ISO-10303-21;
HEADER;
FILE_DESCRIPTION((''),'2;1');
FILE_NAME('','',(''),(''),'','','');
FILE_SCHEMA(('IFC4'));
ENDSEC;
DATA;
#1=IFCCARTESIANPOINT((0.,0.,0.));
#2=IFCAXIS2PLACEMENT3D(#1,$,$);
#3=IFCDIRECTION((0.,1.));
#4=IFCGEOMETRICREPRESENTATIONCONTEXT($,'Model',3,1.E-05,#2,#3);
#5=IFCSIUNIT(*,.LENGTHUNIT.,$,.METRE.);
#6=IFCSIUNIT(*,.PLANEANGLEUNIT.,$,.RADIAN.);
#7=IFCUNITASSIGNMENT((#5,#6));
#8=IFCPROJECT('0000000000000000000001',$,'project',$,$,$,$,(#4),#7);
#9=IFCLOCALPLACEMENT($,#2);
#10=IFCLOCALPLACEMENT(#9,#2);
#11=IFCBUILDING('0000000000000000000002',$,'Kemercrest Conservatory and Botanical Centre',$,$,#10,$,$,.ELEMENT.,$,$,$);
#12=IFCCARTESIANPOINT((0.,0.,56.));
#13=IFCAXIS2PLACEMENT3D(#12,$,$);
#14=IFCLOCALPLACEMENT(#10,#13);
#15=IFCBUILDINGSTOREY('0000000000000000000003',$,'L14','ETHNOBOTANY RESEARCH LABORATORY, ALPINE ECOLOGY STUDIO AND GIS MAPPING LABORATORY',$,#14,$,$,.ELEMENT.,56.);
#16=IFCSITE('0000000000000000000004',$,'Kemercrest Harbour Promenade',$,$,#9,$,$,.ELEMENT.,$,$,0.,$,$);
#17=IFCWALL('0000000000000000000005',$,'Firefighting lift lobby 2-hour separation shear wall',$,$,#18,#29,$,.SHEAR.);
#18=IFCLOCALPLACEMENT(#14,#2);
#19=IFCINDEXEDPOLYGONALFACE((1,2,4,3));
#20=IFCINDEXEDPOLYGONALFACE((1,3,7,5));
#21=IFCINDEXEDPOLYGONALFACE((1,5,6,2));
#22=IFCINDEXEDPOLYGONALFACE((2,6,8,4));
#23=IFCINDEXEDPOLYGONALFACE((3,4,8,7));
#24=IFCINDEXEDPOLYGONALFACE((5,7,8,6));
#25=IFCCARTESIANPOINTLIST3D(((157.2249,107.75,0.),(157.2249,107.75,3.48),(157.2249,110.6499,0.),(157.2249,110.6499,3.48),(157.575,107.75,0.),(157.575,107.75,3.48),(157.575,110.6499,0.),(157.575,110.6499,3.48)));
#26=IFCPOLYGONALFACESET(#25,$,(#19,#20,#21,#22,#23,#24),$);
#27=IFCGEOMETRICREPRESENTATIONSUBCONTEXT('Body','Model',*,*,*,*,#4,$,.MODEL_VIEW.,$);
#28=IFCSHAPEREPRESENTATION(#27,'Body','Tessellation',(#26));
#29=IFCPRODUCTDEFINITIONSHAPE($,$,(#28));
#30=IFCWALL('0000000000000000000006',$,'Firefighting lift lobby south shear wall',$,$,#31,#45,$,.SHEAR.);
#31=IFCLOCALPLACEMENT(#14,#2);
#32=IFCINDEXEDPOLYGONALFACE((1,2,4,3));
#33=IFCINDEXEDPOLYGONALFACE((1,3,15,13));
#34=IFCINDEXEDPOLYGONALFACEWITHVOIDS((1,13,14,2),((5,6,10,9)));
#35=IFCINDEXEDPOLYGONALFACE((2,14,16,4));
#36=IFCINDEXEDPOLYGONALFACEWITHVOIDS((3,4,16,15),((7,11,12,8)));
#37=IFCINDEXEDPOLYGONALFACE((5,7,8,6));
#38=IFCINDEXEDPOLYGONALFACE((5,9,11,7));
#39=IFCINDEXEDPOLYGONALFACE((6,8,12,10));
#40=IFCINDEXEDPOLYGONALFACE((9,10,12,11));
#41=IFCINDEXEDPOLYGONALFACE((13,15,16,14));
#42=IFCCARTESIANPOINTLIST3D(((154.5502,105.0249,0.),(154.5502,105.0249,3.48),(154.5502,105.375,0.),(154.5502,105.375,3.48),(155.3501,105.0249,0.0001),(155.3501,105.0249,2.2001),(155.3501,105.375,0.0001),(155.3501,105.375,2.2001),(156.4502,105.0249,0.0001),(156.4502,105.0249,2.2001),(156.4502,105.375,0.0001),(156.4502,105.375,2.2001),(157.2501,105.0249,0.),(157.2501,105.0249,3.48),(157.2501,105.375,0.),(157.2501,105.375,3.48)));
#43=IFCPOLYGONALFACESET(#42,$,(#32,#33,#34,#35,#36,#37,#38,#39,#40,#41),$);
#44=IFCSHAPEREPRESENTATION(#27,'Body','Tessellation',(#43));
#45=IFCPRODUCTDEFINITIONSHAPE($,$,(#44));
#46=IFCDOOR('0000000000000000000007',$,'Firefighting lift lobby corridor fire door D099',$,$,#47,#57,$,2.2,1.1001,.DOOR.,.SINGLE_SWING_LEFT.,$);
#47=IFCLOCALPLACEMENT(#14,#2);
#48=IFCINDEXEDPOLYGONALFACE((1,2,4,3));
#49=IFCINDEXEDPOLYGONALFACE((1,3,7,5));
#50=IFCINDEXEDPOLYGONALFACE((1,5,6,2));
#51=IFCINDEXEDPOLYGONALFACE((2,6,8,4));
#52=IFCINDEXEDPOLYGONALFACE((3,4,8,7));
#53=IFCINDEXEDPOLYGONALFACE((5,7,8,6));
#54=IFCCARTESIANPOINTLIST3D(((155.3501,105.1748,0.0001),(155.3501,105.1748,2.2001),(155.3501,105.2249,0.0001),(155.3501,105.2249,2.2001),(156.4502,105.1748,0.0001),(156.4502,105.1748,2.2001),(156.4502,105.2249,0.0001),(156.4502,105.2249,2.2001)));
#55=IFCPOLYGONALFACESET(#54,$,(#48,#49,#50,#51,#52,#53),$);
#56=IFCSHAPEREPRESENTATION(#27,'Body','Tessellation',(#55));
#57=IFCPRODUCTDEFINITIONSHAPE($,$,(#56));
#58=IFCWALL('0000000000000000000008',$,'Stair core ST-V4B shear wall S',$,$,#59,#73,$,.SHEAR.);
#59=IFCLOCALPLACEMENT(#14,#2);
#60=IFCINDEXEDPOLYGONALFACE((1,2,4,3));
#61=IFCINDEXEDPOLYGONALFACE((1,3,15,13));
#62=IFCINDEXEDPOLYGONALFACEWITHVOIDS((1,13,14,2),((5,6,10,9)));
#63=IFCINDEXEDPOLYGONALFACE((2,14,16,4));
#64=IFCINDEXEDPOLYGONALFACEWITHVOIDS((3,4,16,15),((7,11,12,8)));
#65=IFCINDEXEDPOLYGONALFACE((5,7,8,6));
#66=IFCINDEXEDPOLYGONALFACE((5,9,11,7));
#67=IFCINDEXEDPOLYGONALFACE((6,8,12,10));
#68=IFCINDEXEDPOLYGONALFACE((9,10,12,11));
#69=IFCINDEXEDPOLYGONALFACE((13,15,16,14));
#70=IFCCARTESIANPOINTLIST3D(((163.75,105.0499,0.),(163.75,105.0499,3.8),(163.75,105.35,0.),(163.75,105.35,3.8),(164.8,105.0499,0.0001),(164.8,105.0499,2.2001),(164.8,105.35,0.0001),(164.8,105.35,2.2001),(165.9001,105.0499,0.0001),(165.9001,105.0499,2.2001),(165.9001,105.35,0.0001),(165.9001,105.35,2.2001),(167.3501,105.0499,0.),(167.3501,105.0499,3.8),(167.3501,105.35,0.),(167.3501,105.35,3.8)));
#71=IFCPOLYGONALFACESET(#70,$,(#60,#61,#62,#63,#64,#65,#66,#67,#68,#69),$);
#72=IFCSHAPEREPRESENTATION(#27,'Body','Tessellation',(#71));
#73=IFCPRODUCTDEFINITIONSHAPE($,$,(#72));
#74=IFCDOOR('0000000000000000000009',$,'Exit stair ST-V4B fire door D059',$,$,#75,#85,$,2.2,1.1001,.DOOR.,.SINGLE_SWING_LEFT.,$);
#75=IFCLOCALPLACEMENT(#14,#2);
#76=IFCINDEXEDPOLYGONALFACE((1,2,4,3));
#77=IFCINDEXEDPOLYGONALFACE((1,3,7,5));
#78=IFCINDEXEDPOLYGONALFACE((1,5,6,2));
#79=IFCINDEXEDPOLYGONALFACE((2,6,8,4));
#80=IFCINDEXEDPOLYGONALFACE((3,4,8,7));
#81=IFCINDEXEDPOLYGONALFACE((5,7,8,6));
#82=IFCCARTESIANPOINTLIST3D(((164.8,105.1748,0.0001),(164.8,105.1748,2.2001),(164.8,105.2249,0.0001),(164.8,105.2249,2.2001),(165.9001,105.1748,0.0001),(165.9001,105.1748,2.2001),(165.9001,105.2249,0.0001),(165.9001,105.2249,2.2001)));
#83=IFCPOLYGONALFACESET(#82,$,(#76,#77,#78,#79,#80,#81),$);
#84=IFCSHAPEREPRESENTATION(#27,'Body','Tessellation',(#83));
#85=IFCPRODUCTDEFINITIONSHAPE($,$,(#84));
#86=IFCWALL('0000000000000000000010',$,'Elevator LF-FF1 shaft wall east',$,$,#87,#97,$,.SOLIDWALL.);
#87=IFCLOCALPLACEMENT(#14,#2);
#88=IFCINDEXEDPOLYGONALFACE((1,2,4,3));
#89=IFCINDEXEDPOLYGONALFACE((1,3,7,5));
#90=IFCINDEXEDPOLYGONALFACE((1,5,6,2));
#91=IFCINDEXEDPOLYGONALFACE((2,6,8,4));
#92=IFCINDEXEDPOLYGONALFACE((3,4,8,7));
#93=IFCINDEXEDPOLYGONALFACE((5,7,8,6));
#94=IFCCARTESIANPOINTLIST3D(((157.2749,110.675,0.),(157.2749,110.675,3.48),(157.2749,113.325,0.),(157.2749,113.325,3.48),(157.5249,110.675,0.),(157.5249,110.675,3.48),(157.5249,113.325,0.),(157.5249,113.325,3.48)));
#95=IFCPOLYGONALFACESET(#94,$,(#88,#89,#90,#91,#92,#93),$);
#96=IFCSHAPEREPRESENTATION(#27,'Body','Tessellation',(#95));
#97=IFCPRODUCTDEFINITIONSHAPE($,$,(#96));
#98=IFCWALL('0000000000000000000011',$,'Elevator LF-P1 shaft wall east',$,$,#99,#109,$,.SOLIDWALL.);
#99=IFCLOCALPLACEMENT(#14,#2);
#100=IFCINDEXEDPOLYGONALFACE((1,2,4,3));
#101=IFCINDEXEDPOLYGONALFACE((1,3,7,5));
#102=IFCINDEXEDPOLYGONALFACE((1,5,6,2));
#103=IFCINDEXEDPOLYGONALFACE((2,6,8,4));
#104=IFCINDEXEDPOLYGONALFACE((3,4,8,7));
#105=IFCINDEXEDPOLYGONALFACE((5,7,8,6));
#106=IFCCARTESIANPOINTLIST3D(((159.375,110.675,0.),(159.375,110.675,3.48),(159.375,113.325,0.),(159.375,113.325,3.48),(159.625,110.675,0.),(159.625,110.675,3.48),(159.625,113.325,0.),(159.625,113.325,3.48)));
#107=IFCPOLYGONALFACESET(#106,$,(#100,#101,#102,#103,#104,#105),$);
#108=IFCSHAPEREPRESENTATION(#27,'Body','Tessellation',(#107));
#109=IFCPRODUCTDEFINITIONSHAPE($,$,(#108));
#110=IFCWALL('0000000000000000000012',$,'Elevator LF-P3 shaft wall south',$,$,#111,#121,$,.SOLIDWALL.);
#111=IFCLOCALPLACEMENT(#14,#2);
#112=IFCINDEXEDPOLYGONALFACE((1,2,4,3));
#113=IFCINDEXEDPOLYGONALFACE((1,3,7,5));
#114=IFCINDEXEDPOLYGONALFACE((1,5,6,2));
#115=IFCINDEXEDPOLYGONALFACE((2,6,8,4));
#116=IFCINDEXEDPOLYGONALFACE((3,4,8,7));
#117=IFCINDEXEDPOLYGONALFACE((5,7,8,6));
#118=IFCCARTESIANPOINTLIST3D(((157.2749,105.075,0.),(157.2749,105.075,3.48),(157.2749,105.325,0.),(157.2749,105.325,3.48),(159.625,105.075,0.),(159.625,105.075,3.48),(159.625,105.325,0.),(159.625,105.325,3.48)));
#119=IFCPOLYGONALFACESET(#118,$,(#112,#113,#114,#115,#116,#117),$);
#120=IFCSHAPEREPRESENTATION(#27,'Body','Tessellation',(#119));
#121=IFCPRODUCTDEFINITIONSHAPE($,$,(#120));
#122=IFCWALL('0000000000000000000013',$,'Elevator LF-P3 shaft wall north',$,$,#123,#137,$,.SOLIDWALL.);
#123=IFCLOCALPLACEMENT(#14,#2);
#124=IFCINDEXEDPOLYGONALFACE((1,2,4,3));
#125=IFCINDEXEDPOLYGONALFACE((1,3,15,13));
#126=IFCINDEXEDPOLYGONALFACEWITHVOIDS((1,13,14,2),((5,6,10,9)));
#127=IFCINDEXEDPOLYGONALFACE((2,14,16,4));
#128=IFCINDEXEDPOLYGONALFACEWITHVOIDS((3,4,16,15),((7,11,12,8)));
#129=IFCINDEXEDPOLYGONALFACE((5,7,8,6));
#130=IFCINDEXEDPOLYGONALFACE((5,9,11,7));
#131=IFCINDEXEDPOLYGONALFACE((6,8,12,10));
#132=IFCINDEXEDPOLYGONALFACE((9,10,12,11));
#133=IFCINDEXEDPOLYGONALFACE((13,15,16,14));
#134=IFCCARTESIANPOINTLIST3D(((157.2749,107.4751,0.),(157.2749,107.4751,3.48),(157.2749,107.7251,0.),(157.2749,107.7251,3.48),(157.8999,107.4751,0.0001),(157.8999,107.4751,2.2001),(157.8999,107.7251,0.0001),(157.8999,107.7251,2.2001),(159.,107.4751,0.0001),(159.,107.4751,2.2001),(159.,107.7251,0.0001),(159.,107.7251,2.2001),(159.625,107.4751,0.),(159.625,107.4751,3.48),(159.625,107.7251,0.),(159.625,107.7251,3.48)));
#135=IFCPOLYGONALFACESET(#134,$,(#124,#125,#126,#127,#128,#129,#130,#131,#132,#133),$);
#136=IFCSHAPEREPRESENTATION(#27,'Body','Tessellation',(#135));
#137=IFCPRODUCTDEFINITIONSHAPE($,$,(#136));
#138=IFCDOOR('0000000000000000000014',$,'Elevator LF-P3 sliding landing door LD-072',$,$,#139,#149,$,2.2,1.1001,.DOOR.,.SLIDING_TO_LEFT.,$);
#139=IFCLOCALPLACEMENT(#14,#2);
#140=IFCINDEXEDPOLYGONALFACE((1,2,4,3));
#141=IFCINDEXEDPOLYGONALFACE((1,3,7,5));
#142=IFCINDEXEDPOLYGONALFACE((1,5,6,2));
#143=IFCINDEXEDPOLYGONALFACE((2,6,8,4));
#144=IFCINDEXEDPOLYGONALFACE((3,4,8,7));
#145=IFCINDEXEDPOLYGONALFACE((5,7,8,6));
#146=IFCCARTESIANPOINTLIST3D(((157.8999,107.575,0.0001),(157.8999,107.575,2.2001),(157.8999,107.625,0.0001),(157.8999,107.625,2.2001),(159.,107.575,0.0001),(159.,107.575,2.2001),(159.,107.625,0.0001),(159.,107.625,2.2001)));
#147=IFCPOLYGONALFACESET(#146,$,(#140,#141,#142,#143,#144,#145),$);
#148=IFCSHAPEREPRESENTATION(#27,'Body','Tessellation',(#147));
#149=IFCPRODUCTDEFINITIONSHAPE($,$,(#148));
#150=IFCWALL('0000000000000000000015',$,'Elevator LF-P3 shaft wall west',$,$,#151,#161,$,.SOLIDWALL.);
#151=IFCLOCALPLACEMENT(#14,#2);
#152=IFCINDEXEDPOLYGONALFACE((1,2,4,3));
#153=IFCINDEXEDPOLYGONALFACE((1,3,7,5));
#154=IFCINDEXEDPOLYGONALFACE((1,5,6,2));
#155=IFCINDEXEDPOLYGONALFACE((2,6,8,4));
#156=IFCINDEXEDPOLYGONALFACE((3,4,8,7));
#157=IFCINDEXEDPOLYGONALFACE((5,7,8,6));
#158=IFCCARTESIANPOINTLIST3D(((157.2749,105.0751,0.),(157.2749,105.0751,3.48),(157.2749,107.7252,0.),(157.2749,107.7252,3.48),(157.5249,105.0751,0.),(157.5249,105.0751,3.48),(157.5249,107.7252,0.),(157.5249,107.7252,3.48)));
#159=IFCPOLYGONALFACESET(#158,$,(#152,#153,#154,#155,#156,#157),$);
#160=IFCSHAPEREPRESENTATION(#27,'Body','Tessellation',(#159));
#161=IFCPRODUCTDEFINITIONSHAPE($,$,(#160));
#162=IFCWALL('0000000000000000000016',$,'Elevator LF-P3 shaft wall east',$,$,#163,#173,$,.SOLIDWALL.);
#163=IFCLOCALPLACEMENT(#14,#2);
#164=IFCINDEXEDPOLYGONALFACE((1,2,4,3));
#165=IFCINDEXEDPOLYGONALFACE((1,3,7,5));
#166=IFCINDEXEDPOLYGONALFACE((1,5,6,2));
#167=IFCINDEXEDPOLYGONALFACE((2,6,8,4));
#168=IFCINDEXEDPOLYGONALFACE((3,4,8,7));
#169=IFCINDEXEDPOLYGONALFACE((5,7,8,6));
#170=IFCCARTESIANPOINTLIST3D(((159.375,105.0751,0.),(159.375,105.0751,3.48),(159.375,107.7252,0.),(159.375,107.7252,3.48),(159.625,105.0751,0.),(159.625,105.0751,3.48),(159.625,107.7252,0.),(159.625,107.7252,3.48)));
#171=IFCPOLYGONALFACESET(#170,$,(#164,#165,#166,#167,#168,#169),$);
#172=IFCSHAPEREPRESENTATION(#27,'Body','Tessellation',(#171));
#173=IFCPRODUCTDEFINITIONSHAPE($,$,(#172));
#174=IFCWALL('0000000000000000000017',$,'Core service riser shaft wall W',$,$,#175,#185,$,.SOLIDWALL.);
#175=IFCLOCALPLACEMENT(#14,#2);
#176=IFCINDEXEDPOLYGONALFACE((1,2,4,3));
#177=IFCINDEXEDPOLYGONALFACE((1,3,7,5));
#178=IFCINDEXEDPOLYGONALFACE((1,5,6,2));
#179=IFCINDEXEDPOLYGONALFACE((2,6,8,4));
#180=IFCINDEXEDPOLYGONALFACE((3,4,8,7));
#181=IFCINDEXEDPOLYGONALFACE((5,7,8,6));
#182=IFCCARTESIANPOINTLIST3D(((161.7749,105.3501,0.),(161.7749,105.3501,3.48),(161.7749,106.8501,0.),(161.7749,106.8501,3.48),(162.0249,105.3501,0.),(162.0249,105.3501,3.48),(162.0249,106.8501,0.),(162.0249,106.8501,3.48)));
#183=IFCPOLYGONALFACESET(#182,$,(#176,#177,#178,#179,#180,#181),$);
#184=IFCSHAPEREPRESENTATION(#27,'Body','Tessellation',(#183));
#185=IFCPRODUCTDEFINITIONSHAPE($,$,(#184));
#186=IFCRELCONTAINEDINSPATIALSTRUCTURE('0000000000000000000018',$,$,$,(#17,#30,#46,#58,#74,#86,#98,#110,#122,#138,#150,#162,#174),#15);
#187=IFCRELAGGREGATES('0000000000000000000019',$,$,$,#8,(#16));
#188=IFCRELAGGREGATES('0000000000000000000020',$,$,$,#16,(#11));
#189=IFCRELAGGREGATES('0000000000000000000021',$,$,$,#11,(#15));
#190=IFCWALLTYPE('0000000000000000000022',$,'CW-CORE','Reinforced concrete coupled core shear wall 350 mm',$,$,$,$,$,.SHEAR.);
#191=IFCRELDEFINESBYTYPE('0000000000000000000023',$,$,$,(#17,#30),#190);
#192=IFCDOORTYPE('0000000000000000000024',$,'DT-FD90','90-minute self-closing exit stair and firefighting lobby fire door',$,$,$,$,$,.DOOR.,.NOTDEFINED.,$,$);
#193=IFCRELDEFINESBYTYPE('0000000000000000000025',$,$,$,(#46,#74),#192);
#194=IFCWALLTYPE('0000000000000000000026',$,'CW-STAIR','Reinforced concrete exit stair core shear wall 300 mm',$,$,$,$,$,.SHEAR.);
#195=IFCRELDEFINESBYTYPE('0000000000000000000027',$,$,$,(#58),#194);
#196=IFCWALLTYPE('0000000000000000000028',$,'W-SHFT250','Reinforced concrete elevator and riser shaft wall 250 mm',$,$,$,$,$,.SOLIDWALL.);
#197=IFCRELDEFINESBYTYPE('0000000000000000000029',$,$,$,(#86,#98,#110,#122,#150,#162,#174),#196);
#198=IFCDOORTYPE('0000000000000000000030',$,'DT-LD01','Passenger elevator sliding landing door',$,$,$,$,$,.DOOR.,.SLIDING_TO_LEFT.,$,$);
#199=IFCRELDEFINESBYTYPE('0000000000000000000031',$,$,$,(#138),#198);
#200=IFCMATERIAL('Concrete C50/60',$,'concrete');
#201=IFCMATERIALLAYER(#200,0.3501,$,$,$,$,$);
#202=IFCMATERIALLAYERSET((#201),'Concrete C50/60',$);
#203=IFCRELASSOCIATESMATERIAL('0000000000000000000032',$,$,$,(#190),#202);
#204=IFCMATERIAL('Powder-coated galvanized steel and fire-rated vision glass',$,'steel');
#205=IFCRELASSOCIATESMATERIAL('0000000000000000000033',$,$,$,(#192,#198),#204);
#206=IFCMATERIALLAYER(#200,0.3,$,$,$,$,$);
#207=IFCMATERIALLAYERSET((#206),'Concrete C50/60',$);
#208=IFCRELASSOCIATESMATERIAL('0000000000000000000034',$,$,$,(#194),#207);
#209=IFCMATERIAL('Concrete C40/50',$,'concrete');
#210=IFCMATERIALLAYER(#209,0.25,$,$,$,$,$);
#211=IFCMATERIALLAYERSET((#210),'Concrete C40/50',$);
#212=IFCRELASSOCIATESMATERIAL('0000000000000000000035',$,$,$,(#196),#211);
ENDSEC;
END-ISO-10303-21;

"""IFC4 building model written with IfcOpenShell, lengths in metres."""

from ifc_helpers import new_model, si_unit, direction, frame, frame_2d, origin, place, context, subcontext, project, spatial, rectangle, extrude, material, layer, layer_set, type_object, element, fill, save


model = new_model("IFC4")

# Units and contexts
model_context = context("Model", 3, precision=1e-05, world=origin(), true_north=direction((0.0, 1.0)))
body_context = subcontext(model_context, "Body", "Model", "MODEL_VIEW")
ifc_project = project(units=[si_unit("LENGTHUNIT", "METRE"), si_unit("PLANEANGLEUNIT", "RADIAN")], contexts=[model_context])

# Site, building, storey
site_placement = place(None, origin())
site = spatial("IfcSite", under=ifc_project, at=site_placement, Name="Kemercrest Harbour Promenade", CompositionType="ELEMENT", RefElevation=0.0)
building_placement = place(site_placement, origin())
building = spatial("IfcBuilding", under=site, at=building_placement, Name="Kemercrest Conservatory and Botanical Centre", CompositionType="ELEMENT")
storey_placement = place(building_placement, frame((0.0, 0.0, 56.0)))
storey = spatial("IfcBuildingStorey", under=building, at=storey_placement, Name="L14", Description="ETHNOBOTANY RESEARCH LABORATORY, ALPINE ECOLOGY STUDIO AND GIS MAPPING LABORATORY", CompositionType="ELEMENT", Elevation=56.0)

# Wall
ifc_material_1 = material(Name="Concrete C50/60", Category="concrete")
ifc_layer_1 = layer(ifc_material_1, 0.3501)
ifc_layer_set_1 = layer_set([ifc_layer_1], Name="Concrete C50/60")
wall_type_1 = type_object("IfcWallType", Name="CW-CORE", Description="Reinforced concrete coupled core shear wall 350 mm", PredefinedType="SHEAR", material=ifc_layer_set_1)
wall_1_placement = place(storey_placement, frame((157.3999, 107.75, 0.0), z_axis=(0.0, 0.0, 1.0), x_axis=(0.0, 1.0, 0.0)))
element("IfcWall", 1, at=wall_1_placement, inside=storey, type_object=wall_type_1, Name="Firefighting lift lobby 2-hour separation shear wall", PredefinedType="SHEAR", context=body_context, shape_type="SweptSolid", body=[
    extrude(rectangle(XDim=2.8999, YDim=0.3501, at=frame_2d((1.45, 0.0))), origin(), (0.0, 0.0, 1.0), 3.48),
])

# Walls, openings, doors
wall_2_placement = place(storey_placement, frame((154.55, 105.2, 0.0), z_axis=(0.0, 0.0, 1.0), x_axis=(1.0, 0.0, 0.0)))
wall_2 = element("IfcWall", 2, at=wall_2_placement, inside=storey, type_object=wall_type_1, Name="Firefighting lift lobby south shear wall", PredefinedType="SHEAR", context=body_context, shape_type="SweptSolid", body=[
    extrude(rectangle(XDim=2.7, YDim=0.3501, at=frame_2d((1.3501, 0.0))), origin(), (0.0, 0.0, 1.0), 3.48),
])
opening_1_placement = place(wall_2_placement, frame((0.8, 0.0, 0.0)))
opening_1 = element("IfcOpeningElement", 3, at=opening_1_placement, cuts=wall_2, PredefinedType="OPENING", context=body_context, shape_type="SweptSolid", body=[
    extrude(rectangle(XDim=1.1001, YDim=2.2, at=frame_2d((0.55, 1.1001))), frame((0.0, 0.1851, 0.0), z_axis=(0.0, -1.0, 0.0), x_axis=(1.0, 0.0, 0.0)), (0.0, 0.0, 1.0), 0.3701),
])
ifc_material_2 = material(Name="Powder-coated galvanized steel and fire-rated vision glass", Category="steel")
door_type_1 = type_object("IfcDoorType", Name="DT-FD90", Description="90-minute self-closing exit stair and firefighting lobby fire door", OperationType="NOTDEFINED", PredefinedType="DOOR", material=ifc_material_2)
door_1_placement = place(opening_1_placement, origin())
door_1 = element("IfcDoor", 4, at=door_1_placement, inside=storey, type_object=door_type_1, Name="Firefighting lift lobby corridor fire door D099", OperationType="SINGLE_SWING_LEFT", OverallHeight=2.2, OverallWidth=1.1001, PredefinedType="DOOR", context=body_context, shape_type="SweptSolid", body=[
    extrude(rectangle(XDim=1.1001, YDim=2.2, at=frame_2d((0.55, 1.1001))), frame((0.0, 0.0249, 0.0), z_axis=(0.0, -1.0, 0.0), x_axis=(1.0, 0.0, 0.0)), (0.0, 0.0, 1.0), 0.05),
])
fill(opening_1, door_1)
ifc_layer_2 = layer(ifc_material_1, 0.3)
ifc_layer_set_2 = layer_set([ifc_layer_2], Name="Concrete C50/60")
wall_type_2 = type_object("IfcWallType", Name="CW-STAIR", Description="Reinforced concrete exit stair core shear wall 300 mm", PredefinedType="SHEAR", material=ifc_layer_set_2)
wall_3_placement = place(storey_placement, frame((163.75, 105.2, 0.0), z_axis=(0.0, 0.0, 1.0), x_axis=(1.0, 0.0, 0.0)))
wall_3 = element("IfcWall", 5, at=wall_3_placement, inside=storey, type_object=wall_type_2, Name="Stair core ST-V4B shear wall S", PredefinedType="SHEAR", context=body_context, shape_type="SweptSolid", body=[
    extrude(rectangle(XDim=3.6001, YDim=0.3, at=frame_2d((1.8, 0.0))), origin(), (0.0, 0.0, 1.0), 3.8),
])
opening_2_placement = place(wall_3_placement, frame((1.05, 0.0, 0.0)))
opening_2 = element("IfcOpeningElement", 6, at=opening_2_placement, cuts=wall_3, PredefinedType="OPENING", context=body_context, shape_type="SweptSolid", body=[
    extrude(rectangle(XDim=1.1001, YDim=2.2, at=frame_2d((0.55, 1.1001))), frame((0.0, 0.1602, 0.0), z_axis=(0.0, -1.0, 0.0), x_axis=(1.0, 0.0, 0.0)), (0.0, 0.0, 1.0), 0.3201),
])
door_2_placement = place(opening_2_placement, origin())
door_2 = element("IfcDoor", 7, at=door_2_placement, inside=storey, type_object=door_type_1, Name="Exit stair ST-V4B fire door D059", OperationType="SINGLE_SWING_LEFT", OverallHeight=2.2, OverallWidth=1.1001, PredefinedType="DOOR", context=body_context, shape_type="SweptSolid", body=[
    extrude(rectangle(XDim=1.1001, YDim=2.2, at=frame_2d((0.55, 1.1001))), frame((0.0, 0.0249, 0.0), z_axis=(0.0, -1.0, 0.0), x_axis=(1.0, 0.0, 0.0)), (0.0, 0.0, 1.0), 0.05),
])
fill(opening_2, door_2)

# Walls
ifc_material_3 = material(Name="Concrete C40/50", Category="concrete")
ifc_layer_3 = layer(ifc_material_3, 0.25)
ifc_layer_set_3 = layer_set([ifc_layer_3], Name="Concrete C40/50")
wall_type_3 = type_object("IfcWallType", Name="W-SHFT250", Description="Reinforced concrete elevator and riser shaft wall 250 mm", PredefinedType="SOLIDWALL", material=ifc_layer_set_3)
for number, where, z_axis, x_axis, name in (
    (8, (157.3999, 110.675, 0.0), (0.0, 0.0, 1.0), (0.0, 1.0, 0.0), "Elevator LF-FF1 shaft wall east"),
    (9, (159.5, 110.675, 0.0), (0.0, 0.0, 1.0), (0.0, 1.0, 0.0), "Elevator LF-P1 shaft wall east"),
):
    element("IfcWall", number, at=place(storey_placement, frame(where, z_axis=z_axis, x_axis=x_axis)), inside=storey, type_object=wall_type_3, Name=name, PredefinedType="SOLIDWALL", context=body_context, shape_type="SweptSolid", body=[
        extrude(rectangle(XDim=2.6499, YDim=0.25, at=frame_2d((1.325, 0.0))), origin(), (0.0, 0.0, 1.0), 3.48),
    ])
wall_4_placement = place(storey_placement, frame((157.2749, 105.2, 0.0), z_axis=(0.0, 0.0, 1.0), x_axis=(1.0, 0.0, 0.0)))
element("IfcWall", 10, at=wall_4_placement, inside=storey, type_object=wall_type_3, Name="Elevator LF-P3 shaft wall south", PredefinedType="SOLIDWALL", context=body_context, shape_type="SweptSolid", body=[
    extrude(rectangle(XDim=2.3501, YDim=0.25, at=frame_2d((1.175, 0.0))), origin(), (0.0, 0.0, 1.0), 3.48),
])

# Wall, opening, door
wall_5_placement = place(storey_placement, frame((157.2749, 107.6001, 0.0), z_axis=(0.0, 0.0, 1.0), x_axis=(1.0, 0.0, 0.0)))
wall_5 = element("IfcWall", 11, at=wall_5_placement, inside=storey, type_object=wall_type_3, Name="Elevator LF-P3 shaft wall north", PredefinedType="SOLIDWALL", context=body_context, shape_type="SweptSolid", body=[
    extrude(rectangle(XDim=2.3501, YDim=0.25, at=frame_2d((1.175, 0.0))), origin(), (0.0, 0.0, 1.0), 3.48),
])
opening_3_placement = place(wall_5_placement, frame((0.625, 0.0, 0.0)))
opening_3 = element("IfcOpeningElement", 12, at=opening_3_placement, cuts=wall_5, PredefinedType="OPENING", context=body_context, shape_type="SweptSolid", body=[
    extrude(rectangle(XDim=1.1001, YDim=2.2, at=frame_2d((0.55, 1.1001))), frame((0.0, 0.135, 0.0), z_axis=(0.0, -1.0, 0.0), x_axis=(1.0, 0.0, 0.0)), (0.0, 0.0, 1.0), 0.27),
])
door_type_2 = type_object("IfcDoorType", Name="DT-LD01", Description="Passenger elevator sliding landing door", OperationType="SLIDING_TO_LEFT", PredefinedType="DOOR", material=ifc_material_2)
door_3_placement = place(opening_3_placement, origin())
door_3 = element("IfcDoor", 13, at=door_3_placement, inside=storey, type_object=door_type_2, Name="Elevator LF-P3 sliding landing door LD-072", OperationType="SLIDING_TO_LEFT", OverallHeight=2.2, OverallWidth=1.1001, PredefinedType="DOOR", context=body_context, shape_type="SweptSolid", body=[
    extrude(rectangle(XDim=1.1001, YDim=2.2, at=frame_2d((0.55, 1.1001))), frame((0.0, 0.0249, 0.0), z_axis=(0.0, -1.0, 0.0), x_axis=(1.0, 0.0, 0.0)), (0.0, 0.0, 1.0), 0.05),
])
fill(opening_3, door_3)

# Walls
for number, where, z_axis, x_axis, name in (
    (14, (157.3999, 105.075, 0.0), (0.0, 0.0, 1.0), (0.0, 1.0, 0.0), "Elevator LF-P3 shaft wall west"),
    (15, (159.5, 105.075, 0.0), (0.0, 0.0, 1.0), (0.0, 1.0, 0.0), "Elevator LF-P3 shaft wall east"),
):
    element("IfcWall", number, at=place(storey_placement, frame(where, z_axis=z_axis, x_axis=x_axis)), inside=storey, type_object=wall_type_3, Name=name, PredefinedType="SOLIDWALL", context=body_context, shape_type="SweptSolid", body=[
        extrude(rectangle(XDim=2.6501, YDim=0.25, at=frame_2d((1.3252, 0.0))), origin(), (0.0, 0.0, 1.0), 3.48),
    ])
wall_6_placement = place(storey_placement, frame((161.8999, 105.3501, 0.0), z_axis=(0.0, 0.0, 1.0), x_axis=(0.0, 1.0, 0.0)))
element("IfcWall", 16, at=wall_6_placement, inside=storey, type_object=wall_type_3, Name="Core service riser shaft wall W", PredefinedType="SOLIDWALL", context=body_context, shape_type="SweptSolid", body=[
    extrude(rectangle(XDim=1.5, YDim=0.25, at=frame_2d((0.75, 0.0))), origin(), (0.0, 0.0, 1.0), 3.48),
])

save(model, "model.ifc")
